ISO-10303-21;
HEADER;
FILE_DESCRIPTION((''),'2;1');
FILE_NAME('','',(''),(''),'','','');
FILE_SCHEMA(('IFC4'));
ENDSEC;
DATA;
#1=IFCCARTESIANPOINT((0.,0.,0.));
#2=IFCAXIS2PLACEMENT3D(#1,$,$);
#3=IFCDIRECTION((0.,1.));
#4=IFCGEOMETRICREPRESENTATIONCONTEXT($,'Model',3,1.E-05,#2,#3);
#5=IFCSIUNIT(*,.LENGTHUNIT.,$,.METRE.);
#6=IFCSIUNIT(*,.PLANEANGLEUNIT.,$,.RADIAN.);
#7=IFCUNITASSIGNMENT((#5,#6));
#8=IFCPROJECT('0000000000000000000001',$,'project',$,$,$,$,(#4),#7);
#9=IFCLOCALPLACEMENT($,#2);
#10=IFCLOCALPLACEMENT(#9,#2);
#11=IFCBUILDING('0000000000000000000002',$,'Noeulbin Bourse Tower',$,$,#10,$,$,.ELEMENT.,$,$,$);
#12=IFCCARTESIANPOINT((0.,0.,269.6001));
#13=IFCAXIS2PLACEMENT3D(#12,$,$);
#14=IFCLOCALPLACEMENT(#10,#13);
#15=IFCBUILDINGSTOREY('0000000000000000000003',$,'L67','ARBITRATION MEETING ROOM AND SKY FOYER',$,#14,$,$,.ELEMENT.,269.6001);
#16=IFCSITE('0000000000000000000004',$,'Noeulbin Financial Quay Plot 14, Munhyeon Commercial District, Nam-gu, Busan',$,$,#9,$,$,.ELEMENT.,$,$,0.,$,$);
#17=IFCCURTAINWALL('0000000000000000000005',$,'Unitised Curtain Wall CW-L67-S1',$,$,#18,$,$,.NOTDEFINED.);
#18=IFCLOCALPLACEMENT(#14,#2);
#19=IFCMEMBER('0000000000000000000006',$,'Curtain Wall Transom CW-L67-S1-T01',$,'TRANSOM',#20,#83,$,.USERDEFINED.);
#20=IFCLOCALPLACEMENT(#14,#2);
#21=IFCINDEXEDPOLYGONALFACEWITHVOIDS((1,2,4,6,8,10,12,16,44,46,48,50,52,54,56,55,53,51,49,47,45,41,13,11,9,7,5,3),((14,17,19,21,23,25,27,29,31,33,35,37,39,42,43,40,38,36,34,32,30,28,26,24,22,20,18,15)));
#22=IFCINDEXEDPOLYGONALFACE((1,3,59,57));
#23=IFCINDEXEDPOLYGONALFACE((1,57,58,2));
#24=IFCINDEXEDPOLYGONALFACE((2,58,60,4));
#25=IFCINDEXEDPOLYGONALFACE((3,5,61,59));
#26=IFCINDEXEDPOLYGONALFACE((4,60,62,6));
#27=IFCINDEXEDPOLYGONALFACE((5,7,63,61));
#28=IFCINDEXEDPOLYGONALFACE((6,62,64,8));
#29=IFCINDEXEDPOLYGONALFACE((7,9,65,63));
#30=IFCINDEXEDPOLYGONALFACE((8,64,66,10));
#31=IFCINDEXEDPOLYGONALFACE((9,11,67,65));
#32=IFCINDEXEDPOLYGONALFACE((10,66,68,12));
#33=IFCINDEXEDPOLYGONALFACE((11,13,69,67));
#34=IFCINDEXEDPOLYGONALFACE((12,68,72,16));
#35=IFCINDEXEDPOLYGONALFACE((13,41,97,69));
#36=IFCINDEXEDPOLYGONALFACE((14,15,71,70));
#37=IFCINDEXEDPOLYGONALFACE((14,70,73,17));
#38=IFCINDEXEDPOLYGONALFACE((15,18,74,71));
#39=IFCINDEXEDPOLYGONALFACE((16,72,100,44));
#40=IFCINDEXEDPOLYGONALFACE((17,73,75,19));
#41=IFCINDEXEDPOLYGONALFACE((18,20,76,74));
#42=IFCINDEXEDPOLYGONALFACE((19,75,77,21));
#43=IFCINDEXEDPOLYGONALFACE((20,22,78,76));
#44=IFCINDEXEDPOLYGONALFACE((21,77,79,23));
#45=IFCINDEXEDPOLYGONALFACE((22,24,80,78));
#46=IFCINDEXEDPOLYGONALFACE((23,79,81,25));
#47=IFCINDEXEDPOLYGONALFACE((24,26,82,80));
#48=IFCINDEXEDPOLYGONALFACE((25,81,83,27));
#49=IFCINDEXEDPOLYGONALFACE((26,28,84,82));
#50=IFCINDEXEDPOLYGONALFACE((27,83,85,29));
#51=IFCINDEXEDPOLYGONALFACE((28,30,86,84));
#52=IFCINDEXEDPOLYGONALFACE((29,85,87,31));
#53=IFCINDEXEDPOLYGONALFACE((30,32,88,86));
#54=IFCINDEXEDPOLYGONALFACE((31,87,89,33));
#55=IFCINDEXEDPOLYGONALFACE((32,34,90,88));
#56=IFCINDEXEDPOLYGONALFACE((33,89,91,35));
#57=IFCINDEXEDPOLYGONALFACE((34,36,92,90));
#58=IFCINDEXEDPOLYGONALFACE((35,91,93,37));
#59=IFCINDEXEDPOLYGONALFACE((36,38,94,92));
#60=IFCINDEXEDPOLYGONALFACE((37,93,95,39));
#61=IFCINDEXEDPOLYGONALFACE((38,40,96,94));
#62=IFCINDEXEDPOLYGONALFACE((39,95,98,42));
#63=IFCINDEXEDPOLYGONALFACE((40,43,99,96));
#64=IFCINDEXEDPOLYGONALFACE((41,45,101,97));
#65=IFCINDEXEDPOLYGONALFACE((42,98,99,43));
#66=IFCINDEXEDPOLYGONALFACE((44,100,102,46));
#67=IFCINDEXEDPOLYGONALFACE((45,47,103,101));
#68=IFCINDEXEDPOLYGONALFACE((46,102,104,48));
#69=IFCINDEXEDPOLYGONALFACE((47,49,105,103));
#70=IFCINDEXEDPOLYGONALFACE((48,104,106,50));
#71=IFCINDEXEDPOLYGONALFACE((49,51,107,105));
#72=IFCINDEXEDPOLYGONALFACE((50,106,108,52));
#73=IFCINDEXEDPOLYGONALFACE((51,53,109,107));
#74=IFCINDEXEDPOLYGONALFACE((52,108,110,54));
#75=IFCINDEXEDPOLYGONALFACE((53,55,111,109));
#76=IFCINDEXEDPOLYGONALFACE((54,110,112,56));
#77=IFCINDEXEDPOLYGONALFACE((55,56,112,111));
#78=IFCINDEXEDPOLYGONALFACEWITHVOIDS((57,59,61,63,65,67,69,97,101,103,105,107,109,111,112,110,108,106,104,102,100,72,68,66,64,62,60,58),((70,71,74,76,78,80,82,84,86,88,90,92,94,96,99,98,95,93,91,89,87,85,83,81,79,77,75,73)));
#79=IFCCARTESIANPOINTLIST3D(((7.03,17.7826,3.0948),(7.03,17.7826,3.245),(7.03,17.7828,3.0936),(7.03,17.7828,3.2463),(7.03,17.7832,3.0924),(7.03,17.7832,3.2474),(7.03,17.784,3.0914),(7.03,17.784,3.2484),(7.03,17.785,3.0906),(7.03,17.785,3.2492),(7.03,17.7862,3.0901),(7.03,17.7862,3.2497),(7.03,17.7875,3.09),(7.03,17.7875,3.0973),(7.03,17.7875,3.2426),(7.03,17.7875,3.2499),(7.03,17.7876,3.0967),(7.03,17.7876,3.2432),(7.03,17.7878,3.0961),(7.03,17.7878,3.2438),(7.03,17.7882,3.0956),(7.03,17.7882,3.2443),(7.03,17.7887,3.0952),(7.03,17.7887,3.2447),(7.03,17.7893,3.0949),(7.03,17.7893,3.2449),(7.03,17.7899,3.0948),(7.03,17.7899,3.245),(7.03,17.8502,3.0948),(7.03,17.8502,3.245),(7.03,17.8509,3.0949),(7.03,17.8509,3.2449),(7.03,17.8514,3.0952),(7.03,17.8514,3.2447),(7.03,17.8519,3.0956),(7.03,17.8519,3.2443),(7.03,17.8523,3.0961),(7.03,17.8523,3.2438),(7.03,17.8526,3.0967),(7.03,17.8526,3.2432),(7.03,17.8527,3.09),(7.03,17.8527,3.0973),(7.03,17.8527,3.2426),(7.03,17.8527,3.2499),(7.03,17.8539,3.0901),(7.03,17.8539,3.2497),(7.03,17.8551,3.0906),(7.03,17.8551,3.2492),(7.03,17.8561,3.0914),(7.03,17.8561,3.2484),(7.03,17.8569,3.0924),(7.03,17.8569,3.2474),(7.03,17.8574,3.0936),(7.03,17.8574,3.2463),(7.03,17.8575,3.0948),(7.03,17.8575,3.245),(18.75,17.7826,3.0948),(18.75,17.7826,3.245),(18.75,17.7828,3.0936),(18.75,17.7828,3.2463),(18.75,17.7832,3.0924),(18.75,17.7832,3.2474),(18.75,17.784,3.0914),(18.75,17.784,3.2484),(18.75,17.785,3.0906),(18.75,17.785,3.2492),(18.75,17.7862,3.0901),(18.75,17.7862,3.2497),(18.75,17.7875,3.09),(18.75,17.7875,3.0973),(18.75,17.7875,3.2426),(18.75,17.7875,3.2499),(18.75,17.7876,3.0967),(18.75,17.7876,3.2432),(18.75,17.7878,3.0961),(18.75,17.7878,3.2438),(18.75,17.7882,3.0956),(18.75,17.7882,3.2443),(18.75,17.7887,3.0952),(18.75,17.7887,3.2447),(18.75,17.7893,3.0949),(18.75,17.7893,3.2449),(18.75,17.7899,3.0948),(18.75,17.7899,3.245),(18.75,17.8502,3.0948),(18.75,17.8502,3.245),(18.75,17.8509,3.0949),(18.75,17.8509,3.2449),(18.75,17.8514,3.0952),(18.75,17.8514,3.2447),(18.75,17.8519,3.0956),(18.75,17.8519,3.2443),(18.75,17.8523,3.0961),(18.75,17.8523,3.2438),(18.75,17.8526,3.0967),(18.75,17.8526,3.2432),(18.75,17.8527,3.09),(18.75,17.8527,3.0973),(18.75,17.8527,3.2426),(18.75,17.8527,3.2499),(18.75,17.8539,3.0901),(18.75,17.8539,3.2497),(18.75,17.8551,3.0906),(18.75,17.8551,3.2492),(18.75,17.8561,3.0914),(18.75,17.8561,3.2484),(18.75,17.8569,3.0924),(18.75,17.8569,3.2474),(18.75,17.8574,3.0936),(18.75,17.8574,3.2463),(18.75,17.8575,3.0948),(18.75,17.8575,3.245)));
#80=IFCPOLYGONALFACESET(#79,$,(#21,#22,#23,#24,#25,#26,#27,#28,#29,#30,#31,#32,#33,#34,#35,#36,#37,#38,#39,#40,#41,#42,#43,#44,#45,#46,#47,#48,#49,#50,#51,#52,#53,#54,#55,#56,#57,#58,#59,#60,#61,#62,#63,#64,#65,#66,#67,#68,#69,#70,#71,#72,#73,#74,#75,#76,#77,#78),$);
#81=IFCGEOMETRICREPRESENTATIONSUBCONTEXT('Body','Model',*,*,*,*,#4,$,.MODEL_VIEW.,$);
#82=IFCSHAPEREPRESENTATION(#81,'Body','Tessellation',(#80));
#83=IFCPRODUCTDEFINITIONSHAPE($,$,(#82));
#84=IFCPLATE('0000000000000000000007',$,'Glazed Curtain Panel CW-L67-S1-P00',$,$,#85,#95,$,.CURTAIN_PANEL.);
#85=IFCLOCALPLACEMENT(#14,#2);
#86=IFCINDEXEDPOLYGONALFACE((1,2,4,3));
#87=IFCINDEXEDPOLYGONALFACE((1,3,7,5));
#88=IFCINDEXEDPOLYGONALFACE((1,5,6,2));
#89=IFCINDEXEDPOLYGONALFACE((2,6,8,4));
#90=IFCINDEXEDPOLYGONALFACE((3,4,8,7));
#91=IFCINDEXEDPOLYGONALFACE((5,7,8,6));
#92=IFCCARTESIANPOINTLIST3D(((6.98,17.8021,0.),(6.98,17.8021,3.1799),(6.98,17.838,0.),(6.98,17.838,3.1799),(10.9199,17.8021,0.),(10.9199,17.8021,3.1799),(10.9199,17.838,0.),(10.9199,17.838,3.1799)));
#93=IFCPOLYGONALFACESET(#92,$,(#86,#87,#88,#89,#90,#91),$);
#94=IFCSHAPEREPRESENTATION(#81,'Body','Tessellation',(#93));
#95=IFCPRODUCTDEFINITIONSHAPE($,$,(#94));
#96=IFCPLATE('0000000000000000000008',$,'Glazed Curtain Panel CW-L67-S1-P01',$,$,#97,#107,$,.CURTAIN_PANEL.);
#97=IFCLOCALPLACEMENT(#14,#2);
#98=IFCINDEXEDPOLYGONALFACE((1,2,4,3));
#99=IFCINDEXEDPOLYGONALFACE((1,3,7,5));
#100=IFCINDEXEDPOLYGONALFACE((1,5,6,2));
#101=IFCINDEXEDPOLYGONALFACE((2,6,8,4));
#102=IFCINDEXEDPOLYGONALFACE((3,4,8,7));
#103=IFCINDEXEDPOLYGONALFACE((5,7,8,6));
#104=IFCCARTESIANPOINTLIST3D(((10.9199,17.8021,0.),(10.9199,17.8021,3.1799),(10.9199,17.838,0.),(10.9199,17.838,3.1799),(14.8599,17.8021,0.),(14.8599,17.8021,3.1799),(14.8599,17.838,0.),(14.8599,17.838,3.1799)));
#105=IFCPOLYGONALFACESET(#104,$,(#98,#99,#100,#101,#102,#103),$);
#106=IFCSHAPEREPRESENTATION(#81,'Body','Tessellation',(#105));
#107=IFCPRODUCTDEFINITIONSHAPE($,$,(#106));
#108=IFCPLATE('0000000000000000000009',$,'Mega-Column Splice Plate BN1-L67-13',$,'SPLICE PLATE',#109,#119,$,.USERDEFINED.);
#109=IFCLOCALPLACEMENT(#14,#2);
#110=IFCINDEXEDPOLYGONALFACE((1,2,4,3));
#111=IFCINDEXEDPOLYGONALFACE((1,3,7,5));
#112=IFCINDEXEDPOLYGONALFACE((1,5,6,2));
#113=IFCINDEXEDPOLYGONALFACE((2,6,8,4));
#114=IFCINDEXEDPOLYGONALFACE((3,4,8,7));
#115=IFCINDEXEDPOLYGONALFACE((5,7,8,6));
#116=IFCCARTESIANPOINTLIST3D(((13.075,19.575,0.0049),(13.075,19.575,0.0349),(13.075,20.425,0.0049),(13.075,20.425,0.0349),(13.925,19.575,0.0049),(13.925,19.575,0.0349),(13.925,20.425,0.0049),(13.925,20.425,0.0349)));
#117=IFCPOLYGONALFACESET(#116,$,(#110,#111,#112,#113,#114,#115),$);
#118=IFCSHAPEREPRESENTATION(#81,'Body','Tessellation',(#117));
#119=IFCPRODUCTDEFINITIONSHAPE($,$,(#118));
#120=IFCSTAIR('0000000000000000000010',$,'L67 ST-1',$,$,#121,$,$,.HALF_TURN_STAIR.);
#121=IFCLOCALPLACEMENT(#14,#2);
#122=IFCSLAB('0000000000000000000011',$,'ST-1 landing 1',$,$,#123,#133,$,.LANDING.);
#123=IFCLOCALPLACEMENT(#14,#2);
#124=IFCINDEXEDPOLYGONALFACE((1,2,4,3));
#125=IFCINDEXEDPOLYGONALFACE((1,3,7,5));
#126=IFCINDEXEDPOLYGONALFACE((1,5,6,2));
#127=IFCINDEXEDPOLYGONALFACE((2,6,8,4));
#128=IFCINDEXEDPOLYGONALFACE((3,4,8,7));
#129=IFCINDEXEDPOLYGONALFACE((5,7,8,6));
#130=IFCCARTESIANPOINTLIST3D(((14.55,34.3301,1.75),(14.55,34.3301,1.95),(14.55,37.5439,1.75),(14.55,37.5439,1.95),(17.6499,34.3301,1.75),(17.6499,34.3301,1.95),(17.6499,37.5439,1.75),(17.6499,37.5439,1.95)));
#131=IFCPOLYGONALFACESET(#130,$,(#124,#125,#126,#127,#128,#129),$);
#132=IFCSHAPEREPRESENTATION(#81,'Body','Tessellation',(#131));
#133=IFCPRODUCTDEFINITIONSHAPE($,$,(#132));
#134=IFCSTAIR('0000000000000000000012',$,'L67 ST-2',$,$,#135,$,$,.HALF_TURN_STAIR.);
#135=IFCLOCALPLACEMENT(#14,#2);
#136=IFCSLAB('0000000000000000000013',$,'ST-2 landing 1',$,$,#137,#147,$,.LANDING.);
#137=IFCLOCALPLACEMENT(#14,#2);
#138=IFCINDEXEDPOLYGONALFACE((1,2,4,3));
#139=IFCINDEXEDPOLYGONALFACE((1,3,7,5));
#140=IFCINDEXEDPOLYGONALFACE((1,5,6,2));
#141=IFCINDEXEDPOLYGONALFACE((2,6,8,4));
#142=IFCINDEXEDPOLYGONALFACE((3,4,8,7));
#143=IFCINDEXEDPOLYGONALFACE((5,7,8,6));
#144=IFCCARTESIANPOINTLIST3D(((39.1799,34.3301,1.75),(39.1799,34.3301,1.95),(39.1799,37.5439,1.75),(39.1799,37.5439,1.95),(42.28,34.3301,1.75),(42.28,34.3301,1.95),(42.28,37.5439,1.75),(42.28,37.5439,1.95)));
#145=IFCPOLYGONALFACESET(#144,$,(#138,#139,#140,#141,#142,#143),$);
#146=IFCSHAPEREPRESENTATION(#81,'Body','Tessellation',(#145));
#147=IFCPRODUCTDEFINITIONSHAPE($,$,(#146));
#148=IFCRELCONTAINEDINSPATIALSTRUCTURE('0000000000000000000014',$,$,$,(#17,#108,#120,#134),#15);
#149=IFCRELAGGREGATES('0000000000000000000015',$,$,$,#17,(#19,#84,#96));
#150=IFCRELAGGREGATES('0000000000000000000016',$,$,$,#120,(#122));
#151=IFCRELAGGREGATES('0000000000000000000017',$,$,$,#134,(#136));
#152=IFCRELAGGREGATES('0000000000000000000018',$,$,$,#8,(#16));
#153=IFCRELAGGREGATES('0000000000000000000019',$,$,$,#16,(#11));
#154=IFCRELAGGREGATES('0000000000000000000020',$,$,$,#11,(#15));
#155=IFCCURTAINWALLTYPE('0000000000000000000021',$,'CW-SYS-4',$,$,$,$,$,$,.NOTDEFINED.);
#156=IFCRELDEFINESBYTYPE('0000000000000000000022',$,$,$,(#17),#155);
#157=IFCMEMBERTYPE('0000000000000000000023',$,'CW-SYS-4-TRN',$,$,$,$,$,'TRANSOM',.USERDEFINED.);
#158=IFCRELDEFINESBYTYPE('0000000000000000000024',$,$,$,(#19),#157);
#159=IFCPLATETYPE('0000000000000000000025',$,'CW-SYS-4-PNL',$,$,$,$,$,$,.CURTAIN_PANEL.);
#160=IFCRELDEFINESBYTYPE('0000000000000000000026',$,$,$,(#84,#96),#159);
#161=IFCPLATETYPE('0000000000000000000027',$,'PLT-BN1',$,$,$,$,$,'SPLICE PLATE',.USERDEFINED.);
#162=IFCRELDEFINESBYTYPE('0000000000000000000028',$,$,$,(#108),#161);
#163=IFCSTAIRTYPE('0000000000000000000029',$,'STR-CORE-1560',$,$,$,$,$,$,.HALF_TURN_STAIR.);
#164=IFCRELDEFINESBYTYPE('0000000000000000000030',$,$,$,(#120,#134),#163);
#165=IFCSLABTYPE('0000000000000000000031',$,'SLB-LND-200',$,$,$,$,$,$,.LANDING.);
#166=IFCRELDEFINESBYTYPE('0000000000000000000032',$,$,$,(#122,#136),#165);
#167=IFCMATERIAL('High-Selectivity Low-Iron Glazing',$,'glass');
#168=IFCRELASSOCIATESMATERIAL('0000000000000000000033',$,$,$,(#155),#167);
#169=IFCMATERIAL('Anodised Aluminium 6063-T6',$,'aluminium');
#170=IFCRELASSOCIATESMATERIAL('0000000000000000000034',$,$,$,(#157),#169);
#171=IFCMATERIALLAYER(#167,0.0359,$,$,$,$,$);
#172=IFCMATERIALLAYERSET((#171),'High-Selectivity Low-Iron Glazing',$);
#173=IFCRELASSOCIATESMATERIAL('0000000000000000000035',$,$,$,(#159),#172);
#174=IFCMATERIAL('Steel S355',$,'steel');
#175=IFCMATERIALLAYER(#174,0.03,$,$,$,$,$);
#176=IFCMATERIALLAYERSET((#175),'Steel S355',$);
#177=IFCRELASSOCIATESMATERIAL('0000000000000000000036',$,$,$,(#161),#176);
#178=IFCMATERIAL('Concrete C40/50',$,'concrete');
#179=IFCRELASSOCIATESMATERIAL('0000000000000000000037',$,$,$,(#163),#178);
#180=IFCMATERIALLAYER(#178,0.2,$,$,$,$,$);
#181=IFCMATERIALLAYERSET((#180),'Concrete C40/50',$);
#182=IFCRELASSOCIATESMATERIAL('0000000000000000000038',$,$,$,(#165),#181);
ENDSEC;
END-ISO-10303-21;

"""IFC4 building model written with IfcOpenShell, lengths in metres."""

from ifc_helpers import new_model, si_unit, direction, frame, origin, origin_2d, place, context, subcontext, project, spatial, polyline, rectangle, hollow_rectangle, outline, extrude, material, layer, layer_set, material_profile, profile_set, type_object, element, aggregate, save


model = new_model("IFC4")

# Units and contexts
model_context = context("Model", 3, precision=1e-05, world=origin(), true_north=direction((0.0, 1.0)))
body_context = subcontext(model_context, "Body", "Model", "MODEL_VIEW")
ifc_project = project(units=[si_unit("LENGTHUNIT", "METRE"), si_unit("PLANEANGLEUNIT", "RADIAN")], contexts=[model_context])

# Site, building, storey
site_placement = place(None, origin())
site = spatial("IfcSite", under=ifc_project, at=site_placement, Name="Noeulbin Financial Quay Plot 14, Munhyeon Commercial District, Nam-gu, Busan", CompositionType="ELEMENT", RefElevation=0.0)
building_placement = place(site_placement, origin())
building = spatial("IfcBuilding", under=site, at=building_placement, Name="Noeulbin Bourse Tower", CompositionType="ELEMENT")
storey_placement = place(building_placement, frame((0.0, 0.0, 269.6001)))
storey = spatial("IfcBuildingStorey", under=building, at=storey_placement, Name="L67", Description="ARBITRATION MEETING ROOM AND SKY FOYER", CompositionType="ELEMENT", Elevation=269.6001)

# Shared definitions
ifc_material_1 = material(Name="Steel S355", Category="steel")

# Curtain wall, member, plates
ifc_material_2 = material(Name="High-Selectivity Low-Iron Glazing", Category="glass")
curtain_wall_type = type_object("IfcCurtainWallType", Name="CW-SYS-4", PredefinedType="NOTDEFINED", material=ifc_material_2)
curtain_wall_placement = place(storey_placement, origin())
curtain_wall = element("IfcCurtainWall", 1, at=curtain_wall_placement, inside=storey, type_object=curtain_wall_type, Name="Unitised Curtain Wall CW-L67-S1", PredefinedType="NOTDEFINED")
ifc_material_3 = material(Name="Anodised Aluminium 6063-T6", Category="aluminium")
ifc_material_profile_1 = material_profile(ifc_material_3, hollow_rectangle(XDim=0.075, YDim=0.1599, WallThickness=0.0049, InnerFilletRadius=0.0024, OuterFilletRadius=0.0049, at=origin_2d()), Name="ALU-TRAN-75x160x5", Category="LoadBearing")
ifc_profile_set_1 = profile_set([ifc_material_profile_1], Name="Anodised Aluminium 6063-T6")
member_type_1 = type_object("IfcMemberType", Name="CW-SYS-4-TRN", ElementType="TRANSOM", PredefinedType="USERDEFINED", material=ifc_profile_set_1)
member_1_placement = place(storey_placement, frame((7.03, 17.8201, 3.1699), z_axis=(1.0, 0.0, 0.0), x_axis=(0.0, 1.0, 0.0)))
member_1 = element("IfcMember", 2, at=member_1_placement, type_object=member_type_1, Name="Curtain Wall Transom CW-L67-S1-T01", ObjectType="TRANSOM", PredefinedType="USERDEFINED", context=body_context, shape_type="SweptSolid", body=[
    extrude(hollow_rectangle(XDim=0.075, YDim=0.1599, WallThickness=0.0049, InnerFilletRadius=0.0024, OuterFilletRadius=0.0049, at=origin_2d()), origin(), (0.0, 0.0, 1.0), 11.72),
])
ifc_layer_1 = layer(ifc_material_2, 0.0359)
ifc_layer_set_1 = layer_set([ifc_layer_1], Name="High-Selectivity Low-Iron Glazing")
plate_type_1 = type_object("IfcPlateType", Name="CW-SYS-4-PNL", PredefinedType="CURTAIN_PANEL", material=ifc_layer_set_1)
plate_1_placement = place(storey_placement, frame((8.95, 17.8201, 0.0), z_axis=(0.0, 0.0, 1.0), x_axis=(1.0, 0.0, 0.0)))
plate_1 = element("IfcPlate", 3, at=plate_1_placement, type_object=plate_type_1, Name="Glazed Curtain Panel CW-L67-S1-P00", PredefinedType="CURTAIN_PANEL", context=body_context, shape_type="SweptSolid", body=[
    extrude(rectangle(XDim=3.9399, YDim=0.0359, at=origin_2d()), origin(), (0.0, 0.0, 1.0), 3.1799),
])
plate_2_placement = place(storey_placement, frame((12.8899, 17.8201, 0.0), z_axis=(0.0, 0.0, 1.0), x_axis=(1.0, 0.0, 0.0)))
plate_2 = element("IfcPlate", 4, at=plate_2_placement, type_object=plate_type_1, Name="Glazed Curtain Panel CW-L67-S1-P01", PredefinedType="CURTAIN_PANEL", context=body_context, shape_type="SweptSolid", body=[
    extrude(rectangle(XDim=3.9399, YDim=0.0359, at=origin_2d()), origin(), (0.0, 0.0, 1.0), 3.1799),
])
aggregate(curtain_wall, [member_1, plate_1, plate_2])

# Plate
ifc_layer_2 = layer(ifc_material_1, 0.03)
ifc_layer_set_2 = layer_set([ifc_layer_2], Name="Steel S355")
plate_type_2 = type_object("IfcPlateType", Name="PLT-BN1", ElementType="SPLICE PLATE", PredefinedType="USERDEFINED", material=ifc_layer_set_2)
plate_3_placement = place(storey_placement, frame((13.5, 20.0, 0.0049), z_axis=(0.0, 0.0, 1.0), x_axis=(1.0, 0.0, 0.0)))
element("IfcPlate", 5, at=plate_3_placement, inside=storey, type_object=plate_type_2, Name="Mega-Column Splice Plate BN1-L67-13", ObjectType="SPLICE PLATE", PredefinedType="USERDEFINED", context=body_context, shape_type="SweptSolid", body=[
    extrude(rectangle(XDim=0.8501, YDim=0.8501, at=origin_2d()), origin(), (0.0, 0.0, 1.0), 0.03),
])

# Stairs, slabs
ifc_material_4 = material(Name="Concrete C40/50", Category="concrete")
stair_type = type_object("IfcStairType", Name="STR-CORE-1560", PredefinedType="HALF_TURN_STAIR", material=ifc_material_4)
stair_1_placement = place(storey_placement, origin())
stair_1 = element("IfcStair", 6, at=stair_1_placement, inside=storey, type_object=stair_type, Name="L67 ST-1", PredefinedType="HALF_TURN_STAIR")
ifc_layer_3 = layer(ifc_material_4, 0.2)
ifc_layer_set_3 = layer_set([ifc_layer_3], Name="Concrete C40/50")
slab_type_1 = type_object("IfcSlabType", Name="SLB-LND-200", PredefinedType="LANDING", material=ifc_layer_set_3)
slab_1_placement = place(storey_placement, frame((0.0, 0.0, 1.75)))
slab_1 = element("IfcSlab", 7, at=slab_1_placement, type_object=slab_type_1, Name="ST-1 landing 1", PredefinedType="LANDING", context=body_context, shape_type="SweptSolid", body=[
    extrude(outline(polyline([(17.6499, 34.3301), (17.6499, 37.5439), (14.55, 37.5439), (14.55, 34.3301), (17.6499, 34.3301)])), origin(), (0.0, 0.0, 1.0), 0.2),
])
aggregate(stair_1, [slab_1])
stair_2_placement = place(storey_placement, origin())
stair_2 = element("IfcStair", 8, at=stair_2_placement, inside=storey, type_object=stair_type, Name="L67 ST-2", PredefinedType="HALF_TURN_STAIR")
slab_2_placement = place(storey_placement, frame((0.0, 0.0, 1.75)))
slab_2 = element("IfcSlab", 9, at=slab_2_placement, type_object=slab_type_1, Name="ST-2 landing 1", PredefinedType="LANDING", context=body_context, shape_type="SweptSolid", body=[
    extrude(outline(polyline([(42.28, 34.3301), (42.28, 37.5439), (39.1799, 37.5439), (39.1799, 34.3301), (42.28, 34.3301)])), origin(), (0.0, 0.0, 1.0), 0.2),
])
aggregate(stair_2, [slab_2])

save(model, "model.ifc")
